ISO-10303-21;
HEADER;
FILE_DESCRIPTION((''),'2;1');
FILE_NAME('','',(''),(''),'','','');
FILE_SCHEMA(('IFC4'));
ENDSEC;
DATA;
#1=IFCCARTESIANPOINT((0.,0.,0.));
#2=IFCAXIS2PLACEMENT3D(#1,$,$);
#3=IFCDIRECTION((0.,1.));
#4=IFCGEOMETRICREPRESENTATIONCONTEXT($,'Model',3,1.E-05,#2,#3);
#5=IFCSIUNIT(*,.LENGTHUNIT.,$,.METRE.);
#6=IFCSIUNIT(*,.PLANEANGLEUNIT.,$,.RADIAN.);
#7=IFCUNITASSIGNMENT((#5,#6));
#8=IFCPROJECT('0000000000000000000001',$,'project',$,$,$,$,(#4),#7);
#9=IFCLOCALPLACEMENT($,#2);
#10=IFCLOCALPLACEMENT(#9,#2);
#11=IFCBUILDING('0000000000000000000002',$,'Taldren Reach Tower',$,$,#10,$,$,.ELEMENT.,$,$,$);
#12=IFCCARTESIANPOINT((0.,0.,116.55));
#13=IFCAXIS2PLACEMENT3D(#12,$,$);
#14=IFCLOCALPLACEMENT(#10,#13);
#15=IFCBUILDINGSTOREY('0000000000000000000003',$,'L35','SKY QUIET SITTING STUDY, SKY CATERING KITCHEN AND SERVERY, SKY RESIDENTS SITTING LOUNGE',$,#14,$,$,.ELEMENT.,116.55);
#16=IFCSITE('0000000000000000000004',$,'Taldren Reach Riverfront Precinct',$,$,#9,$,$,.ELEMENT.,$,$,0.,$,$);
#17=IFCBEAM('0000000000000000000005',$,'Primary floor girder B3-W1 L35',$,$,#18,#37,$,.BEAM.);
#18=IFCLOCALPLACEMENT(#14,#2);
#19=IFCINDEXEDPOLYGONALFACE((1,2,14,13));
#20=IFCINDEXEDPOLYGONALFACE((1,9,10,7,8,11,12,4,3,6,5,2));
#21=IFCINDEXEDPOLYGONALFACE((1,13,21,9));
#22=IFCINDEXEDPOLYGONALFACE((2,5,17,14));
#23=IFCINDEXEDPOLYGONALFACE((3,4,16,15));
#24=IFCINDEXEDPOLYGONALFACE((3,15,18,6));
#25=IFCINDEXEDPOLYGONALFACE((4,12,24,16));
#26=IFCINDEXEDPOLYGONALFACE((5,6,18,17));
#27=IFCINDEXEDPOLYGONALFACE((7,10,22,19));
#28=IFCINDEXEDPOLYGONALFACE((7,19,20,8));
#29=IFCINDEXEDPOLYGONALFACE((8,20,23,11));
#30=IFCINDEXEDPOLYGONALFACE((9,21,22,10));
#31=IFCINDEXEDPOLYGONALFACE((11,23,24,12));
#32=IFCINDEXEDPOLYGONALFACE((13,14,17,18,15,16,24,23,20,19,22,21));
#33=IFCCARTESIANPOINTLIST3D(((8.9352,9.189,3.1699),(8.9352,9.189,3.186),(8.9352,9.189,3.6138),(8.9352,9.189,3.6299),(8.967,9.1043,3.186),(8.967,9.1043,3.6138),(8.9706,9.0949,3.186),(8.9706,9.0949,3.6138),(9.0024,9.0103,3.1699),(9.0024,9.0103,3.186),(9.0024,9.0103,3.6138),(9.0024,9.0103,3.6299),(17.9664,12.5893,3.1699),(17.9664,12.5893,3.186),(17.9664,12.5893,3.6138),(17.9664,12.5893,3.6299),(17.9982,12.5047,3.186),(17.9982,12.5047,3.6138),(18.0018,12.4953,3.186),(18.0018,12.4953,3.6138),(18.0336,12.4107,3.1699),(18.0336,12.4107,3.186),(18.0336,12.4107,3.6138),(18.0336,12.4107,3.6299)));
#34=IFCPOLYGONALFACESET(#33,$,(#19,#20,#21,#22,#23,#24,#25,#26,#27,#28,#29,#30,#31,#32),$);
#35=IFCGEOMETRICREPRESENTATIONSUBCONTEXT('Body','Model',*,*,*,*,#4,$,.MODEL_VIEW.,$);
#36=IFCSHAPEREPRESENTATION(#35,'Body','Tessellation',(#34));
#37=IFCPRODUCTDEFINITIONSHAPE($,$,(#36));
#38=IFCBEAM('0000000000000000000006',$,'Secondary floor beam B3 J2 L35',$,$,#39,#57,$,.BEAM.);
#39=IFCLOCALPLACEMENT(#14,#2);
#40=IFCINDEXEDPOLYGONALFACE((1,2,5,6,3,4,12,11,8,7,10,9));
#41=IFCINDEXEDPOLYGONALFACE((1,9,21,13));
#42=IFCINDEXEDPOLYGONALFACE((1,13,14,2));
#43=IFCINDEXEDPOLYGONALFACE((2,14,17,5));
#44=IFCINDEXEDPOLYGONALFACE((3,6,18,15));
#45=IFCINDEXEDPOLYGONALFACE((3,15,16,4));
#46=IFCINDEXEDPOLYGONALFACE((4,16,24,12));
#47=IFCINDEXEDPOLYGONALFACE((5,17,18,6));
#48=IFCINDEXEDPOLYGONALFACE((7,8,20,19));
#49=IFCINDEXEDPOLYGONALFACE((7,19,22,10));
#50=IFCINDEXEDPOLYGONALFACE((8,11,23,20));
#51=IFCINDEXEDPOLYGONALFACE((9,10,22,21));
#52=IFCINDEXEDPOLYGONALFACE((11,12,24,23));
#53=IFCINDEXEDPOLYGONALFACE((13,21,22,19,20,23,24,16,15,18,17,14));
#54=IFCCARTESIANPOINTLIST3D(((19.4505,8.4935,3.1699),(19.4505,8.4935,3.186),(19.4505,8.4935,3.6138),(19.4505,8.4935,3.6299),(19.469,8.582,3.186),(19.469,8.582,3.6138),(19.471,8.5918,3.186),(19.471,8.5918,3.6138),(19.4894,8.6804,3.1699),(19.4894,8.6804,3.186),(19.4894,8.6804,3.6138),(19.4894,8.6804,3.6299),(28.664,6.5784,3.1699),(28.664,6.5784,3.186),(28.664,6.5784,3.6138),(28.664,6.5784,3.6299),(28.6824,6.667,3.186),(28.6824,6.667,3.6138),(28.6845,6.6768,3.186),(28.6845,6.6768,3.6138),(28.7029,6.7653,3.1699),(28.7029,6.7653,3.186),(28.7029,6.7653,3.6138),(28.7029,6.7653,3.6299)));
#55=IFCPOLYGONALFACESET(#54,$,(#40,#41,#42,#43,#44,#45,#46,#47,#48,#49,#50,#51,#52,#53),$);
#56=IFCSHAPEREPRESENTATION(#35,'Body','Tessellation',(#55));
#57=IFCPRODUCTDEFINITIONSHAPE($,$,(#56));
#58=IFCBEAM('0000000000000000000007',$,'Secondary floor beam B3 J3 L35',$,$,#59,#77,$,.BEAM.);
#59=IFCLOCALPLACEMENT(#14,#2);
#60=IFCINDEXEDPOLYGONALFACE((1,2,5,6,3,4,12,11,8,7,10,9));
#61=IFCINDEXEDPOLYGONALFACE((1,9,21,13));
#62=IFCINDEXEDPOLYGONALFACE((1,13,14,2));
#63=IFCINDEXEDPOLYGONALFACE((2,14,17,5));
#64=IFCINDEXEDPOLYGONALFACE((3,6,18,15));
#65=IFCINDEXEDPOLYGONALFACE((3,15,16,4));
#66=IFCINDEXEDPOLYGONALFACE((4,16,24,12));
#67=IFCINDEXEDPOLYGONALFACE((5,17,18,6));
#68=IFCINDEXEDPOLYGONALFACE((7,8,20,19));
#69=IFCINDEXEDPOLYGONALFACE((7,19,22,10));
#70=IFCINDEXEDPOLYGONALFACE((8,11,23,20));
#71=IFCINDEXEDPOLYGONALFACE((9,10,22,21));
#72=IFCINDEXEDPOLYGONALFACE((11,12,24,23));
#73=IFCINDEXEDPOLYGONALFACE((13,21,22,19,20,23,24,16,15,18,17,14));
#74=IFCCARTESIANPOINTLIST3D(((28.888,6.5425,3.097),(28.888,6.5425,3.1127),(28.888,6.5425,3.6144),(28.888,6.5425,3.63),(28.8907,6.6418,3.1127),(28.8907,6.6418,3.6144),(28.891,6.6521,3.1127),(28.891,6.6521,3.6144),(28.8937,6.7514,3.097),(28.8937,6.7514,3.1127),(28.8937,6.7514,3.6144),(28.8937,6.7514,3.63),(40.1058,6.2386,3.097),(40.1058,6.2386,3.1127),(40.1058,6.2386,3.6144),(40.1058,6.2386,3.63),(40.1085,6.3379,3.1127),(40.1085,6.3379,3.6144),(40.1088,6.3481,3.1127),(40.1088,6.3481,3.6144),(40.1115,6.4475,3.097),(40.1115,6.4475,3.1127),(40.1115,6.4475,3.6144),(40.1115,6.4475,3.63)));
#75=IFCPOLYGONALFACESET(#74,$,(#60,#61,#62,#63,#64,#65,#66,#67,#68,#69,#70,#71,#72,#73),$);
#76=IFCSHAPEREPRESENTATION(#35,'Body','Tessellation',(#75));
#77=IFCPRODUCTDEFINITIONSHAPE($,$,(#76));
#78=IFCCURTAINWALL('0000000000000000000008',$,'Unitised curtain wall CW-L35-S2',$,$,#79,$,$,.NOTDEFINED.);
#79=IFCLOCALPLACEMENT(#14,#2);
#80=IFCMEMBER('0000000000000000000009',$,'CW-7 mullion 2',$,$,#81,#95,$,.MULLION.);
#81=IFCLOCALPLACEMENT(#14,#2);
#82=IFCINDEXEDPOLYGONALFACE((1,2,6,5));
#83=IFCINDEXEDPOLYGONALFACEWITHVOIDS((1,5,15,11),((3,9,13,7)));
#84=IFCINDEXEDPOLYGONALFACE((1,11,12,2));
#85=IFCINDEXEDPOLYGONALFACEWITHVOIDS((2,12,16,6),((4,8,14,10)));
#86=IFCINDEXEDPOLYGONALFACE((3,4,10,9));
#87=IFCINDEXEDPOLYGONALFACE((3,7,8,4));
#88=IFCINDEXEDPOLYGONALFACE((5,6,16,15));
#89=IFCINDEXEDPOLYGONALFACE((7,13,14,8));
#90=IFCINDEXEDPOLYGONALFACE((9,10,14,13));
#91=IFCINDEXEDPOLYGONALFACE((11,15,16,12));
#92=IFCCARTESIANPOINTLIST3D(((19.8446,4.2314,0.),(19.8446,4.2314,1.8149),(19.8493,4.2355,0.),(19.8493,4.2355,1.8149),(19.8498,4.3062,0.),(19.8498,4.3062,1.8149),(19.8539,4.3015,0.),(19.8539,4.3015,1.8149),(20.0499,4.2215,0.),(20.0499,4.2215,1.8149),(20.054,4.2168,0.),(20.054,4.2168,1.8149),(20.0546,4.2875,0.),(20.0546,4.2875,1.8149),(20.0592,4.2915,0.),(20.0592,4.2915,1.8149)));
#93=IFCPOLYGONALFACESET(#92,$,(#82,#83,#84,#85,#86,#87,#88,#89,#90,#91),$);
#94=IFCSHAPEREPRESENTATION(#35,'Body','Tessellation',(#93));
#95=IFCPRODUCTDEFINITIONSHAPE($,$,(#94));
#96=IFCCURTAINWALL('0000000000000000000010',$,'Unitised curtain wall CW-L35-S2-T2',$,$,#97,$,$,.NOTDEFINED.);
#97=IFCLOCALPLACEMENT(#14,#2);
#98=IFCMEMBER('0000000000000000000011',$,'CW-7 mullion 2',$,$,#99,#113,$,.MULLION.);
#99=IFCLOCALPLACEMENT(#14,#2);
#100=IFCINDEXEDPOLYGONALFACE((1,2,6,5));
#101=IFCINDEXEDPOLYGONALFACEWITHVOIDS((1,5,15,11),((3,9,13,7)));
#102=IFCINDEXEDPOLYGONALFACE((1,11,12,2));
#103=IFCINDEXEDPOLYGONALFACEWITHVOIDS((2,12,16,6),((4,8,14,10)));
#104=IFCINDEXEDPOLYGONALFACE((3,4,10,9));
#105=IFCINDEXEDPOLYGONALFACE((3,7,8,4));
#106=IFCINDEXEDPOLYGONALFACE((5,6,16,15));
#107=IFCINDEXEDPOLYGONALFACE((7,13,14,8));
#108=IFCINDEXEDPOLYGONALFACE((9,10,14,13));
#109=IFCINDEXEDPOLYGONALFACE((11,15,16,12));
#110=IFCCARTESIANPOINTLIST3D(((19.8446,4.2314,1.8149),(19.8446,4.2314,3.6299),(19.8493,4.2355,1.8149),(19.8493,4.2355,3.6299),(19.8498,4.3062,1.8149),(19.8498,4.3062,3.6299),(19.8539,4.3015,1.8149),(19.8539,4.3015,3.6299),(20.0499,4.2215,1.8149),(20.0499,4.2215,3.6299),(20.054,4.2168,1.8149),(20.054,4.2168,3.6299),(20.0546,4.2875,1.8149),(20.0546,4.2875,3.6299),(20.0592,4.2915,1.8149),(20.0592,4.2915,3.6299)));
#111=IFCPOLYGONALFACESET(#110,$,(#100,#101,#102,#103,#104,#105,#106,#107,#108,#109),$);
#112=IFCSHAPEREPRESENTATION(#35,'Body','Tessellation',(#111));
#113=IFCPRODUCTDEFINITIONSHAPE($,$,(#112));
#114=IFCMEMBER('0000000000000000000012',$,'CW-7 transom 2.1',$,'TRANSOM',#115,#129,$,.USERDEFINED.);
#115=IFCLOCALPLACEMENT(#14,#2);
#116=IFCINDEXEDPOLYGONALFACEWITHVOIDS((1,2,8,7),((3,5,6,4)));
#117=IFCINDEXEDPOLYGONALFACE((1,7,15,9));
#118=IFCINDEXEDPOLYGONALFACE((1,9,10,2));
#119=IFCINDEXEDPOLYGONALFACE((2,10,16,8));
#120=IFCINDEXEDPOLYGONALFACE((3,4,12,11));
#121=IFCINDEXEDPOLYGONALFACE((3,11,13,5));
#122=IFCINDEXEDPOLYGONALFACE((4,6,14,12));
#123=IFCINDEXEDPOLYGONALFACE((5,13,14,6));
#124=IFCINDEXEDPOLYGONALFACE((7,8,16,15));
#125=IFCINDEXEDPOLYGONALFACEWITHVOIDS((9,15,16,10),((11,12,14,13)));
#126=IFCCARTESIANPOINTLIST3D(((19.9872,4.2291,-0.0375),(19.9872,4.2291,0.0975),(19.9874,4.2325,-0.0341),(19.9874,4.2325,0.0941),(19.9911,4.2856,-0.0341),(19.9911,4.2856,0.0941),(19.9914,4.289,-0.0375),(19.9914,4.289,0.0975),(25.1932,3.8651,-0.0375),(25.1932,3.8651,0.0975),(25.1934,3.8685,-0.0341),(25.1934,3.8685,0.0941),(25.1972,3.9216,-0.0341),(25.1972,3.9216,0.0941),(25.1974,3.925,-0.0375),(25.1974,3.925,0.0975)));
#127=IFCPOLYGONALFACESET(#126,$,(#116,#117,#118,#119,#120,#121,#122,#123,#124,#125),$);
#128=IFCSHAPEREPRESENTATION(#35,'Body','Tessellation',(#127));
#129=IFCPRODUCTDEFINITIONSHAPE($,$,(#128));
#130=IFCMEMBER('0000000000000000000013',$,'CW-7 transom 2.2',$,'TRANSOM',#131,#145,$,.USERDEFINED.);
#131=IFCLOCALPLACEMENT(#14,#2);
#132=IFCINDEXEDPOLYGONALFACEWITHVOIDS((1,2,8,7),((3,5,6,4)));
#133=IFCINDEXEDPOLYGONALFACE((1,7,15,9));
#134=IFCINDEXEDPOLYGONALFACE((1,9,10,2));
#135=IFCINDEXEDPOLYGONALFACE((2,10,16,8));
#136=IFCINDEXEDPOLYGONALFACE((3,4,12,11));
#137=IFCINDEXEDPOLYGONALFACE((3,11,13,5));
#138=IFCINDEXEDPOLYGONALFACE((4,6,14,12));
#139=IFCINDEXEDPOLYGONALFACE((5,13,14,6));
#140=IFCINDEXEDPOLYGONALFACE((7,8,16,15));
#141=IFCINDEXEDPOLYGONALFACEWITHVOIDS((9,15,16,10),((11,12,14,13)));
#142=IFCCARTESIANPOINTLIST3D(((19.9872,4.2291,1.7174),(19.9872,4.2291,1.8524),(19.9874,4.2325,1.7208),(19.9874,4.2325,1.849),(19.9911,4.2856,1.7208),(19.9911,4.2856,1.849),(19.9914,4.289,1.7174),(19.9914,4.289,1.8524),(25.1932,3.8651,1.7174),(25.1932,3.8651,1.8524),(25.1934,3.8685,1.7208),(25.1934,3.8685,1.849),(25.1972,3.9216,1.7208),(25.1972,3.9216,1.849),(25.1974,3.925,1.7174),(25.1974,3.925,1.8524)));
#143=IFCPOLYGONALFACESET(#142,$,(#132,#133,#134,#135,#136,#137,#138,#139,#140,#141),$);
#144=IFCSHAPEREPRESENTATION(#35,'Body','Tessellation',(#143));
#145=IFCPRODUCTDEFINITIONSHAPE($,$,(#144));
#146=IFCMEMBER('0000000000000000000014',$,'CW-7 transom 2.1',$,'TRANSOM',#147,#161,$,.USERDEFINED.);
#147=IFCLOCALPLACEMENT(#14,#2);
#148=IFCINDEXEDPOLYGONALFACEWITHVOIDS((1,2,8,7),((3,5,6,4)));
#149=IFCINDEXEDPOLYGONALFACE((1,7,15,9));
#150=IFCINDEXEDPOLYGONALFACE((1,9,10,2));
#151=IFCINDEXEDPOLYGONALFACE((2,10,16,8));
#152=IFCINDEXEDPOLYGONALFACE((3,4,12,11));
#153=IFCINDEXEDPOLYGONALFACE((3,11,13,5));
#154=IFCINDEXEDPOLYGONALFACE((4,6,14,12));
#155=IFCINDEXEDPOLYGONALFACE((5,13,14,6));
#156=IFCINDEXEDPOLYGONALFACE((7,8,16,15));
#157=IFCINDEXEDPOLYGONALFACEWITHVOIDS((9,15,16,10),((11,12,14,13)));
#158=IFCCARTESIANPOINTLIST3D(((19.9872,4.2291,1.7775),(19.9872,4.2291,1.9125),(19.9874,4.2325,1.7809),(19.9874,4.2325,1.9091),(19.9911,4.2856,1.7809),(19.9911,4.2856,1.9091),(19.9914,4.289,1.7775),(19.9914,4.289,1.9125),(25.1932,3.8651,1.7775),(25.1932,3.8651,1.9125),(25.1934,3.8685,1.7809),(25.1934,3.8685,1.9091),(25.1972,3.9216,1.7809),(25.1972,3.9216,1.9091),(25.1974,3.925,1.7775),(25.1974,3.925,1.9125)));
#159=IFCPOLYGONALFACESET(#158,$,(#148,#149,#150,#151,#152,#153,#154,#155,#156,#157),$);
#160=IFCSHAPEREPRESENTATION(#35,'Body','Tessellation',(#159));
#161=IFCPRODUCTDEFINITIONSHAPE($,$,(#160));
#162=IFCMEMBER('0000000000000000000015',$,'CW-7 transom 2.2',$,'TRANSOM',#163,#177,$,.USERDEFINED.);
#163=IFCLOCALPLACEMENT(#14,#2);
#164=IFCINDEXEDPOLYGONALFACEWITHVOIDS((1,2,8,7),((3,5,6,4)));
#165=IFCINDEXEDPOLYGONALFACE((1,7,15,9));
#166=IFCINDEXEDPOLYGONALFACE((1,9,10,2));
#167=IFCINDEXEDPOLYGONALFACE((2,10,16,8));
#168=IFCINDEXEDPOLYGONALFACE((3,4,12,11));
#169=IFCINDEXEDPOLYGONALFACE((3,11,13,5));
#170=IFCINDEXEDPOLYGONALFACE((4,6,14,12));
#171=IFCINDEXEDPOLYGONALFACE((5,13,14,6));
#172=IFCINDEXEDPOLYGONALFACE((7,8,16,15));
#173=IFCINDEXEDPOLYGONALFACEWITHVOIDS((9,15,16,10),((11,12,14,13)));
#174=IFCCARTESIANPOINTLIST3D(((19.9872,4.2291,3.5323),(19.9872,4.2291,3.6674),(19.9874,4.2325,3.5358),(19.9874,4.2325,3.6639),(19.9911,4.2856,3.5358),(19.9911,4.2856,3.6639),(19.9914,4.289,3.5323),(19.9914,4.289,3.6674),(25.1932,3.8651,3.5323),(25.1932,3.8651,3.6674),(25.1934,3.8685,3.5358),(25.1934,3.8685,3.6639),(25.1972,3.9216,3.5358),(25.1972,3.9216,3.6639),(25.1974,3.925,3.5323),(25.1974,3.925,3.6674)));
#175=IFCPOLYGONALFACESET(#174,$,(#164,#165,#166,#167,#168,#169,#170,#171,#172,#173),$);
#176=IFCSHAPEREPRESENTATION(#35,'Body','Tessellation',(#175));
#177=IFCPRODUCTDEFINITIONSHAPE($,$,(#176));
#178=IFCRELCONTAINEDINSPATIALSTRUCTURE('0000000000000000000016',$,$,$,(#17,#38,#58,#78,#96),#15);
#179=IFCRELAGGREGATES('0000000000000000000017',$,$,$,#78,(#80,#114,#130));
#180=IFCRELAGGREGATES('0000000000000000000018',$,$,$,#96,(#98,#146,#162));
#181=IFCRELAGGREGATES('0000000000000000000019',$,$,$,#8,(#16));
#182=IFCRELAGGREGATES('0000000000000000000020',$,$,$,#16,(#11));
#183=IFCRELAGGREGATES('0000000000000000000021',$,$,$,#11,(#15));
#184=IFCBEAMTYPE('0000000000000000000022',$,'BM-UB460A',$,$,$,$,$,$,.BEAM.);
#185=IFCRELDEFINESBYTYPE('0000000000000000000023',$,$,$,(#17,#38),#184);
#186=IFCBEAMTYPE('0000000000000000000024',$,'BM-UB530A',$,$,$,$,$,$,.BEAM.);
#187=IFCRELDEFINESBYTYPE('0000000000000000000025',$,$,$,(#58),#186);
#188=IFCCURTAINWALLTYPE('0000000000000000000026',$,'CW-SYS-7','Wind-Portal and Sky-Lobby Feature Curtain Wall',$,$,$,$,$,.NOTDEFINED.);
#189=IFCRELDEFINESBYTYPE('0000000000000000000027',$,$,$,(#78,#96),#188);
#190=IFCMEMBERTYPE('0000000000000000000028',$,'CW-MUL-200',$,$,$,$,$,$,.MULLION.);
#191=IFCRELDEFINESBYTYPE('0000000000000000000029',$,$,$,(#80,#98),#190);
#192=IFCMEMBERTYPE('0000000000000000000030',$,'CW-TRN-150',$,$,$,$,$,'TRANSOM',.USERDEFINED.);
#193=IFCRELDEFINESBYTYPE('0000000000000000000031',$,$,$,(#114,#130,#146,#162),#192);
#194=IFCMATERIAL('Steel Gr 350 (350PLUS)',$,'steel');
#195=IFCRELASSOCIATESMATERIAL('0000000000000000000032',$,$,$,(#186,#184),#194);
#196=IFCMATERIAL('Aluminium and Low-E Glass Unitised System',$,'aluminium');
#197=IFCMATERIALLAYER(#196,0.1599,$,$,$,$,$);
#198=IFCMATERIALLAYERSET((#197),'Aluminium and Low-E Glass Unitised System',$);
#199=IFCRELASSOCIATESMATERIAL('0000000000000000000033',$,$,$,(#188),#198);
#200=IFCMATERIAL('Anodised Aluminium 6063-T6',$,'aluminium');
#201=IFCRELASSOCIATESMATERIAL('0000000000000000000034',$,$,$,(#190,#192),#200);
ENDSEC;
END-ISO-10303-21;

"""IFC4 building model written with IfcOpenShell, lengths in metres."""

from ifc_helpers import new_model, si_unit, direction, frame, origin, origin_2d, place, context, subcontext, project, spatial, hollow_rectangle, i_section, extrude, source, transform, mapped, material, layer, layer_set, material_profile, profile_set, type_object, element, aggregate, save


model = new_model("IFC4")

# Units and contexts
model_context = context("Model", 3, precision=1e-05, world=origin(), true_north=direction((0.0, 1.0)))
body_context = subcontext(model_context, "Body", "Model", "MODEL_VIEW")
ifc_project = project(units=[si_unit("LENGTHUNIT", "METRE"), si_unit("PLANEANGLEUNIT", "RADIAN")], contexts=[model_context])

# Site, building, storey
site_placement = place(None, origin())
site = spatial("IfcSite", under=ifc_project, at=site_placement, Name="Taldren Reach Riverfront Precinct", CompositionType="ELEMENT", RefElevation=0.0)
building_placement = place(site_placement, origin())
building = spatial("IfcBuilding", under=site, at=building_placement, Name="Taldren Reach Tower", CompositionType="ELEMENT")
storey_placement = place(building_placement, frame((0.0, 0.0, 116.55)))
storey = spatial("IfcBuildingStorey", under=building, at=storey_placement, Name="L35", Description="SKY QUIET SITTING STUDY, SKY CATERING KITCHEN AND SERVERY, SKY RESIDENTS SITTING LOUNGE", CompositionType="ELEMENT", Elevation=116.55)

# Shared definitions
ifc_material_1 = material(Name="Steel Gr 350 (350PLUS)", Category="steel")

# Shared definitions
ifc_material_profile_1 = material_profile(ifc_material_1, i_section(OverallWidth=0.209, OverallDepth=0.533, WebThickness=0.0103, FlangeThickness=0.0156, at=origin_2d()), Name="530UB92.4")
ifc_profile_set_1 = profile_set([ifc_material_profile_1], Name="Steel Gr 350 (350PLUS)")
beam_type_1 = type_object("IfcBeamType", Name="BM-UB530A", PredefinedType="BEAM", material=ifc_profile_set_1)

# Beams
ifc_material_profile_2 = material_profile(ifc_material_1, i_section(OverallWidth=0.1909, OverallDepth=0.46, WebThickness=0.01, FlangeThickness=0.0161, at=origin_2d()), Name="460UB82.1")
ifc_profile_set_2 = profile_set([ifc_material_profile_2], Name="Steel Gr 350 (350PLUS)")
beam_type_2 = type_object("IfcBeamType", Name="BM-UB460A", PredefinedType="BEAM", material=ifc_profile_set_2)
shared_shape_1 = source(origin(), body_context, "Body", "SweptSolid", [
    extrude(i_section(OverallWidth=0.1909, OverallDepth=0.46, WebThickness=0.01, FlangeThickness=0.0161, at=origin_2d()), origin(), (0.0, 0.0, 1.0), 9.6501),
])
beam_1_placement = place(storey_placement, frame((18.0, 12.5, 3.3999), z_axis=(-0.935863, -0.352365, 0.0), x_axis=(0.352365, -0.935863, 0.0)))
element("IfcBeam", 1, at=beam_1_placement, inside=storey, type_object=beam_type_2, Name="Primary floor girder B3-W1 L35", PredefinedType="BEAM", context=body_context, shape_type="MappedRepresentation", body=[
    mapped(shared_shape_1, transform((0.0, 0.0, 0.0), scale=1.0)),
])
shared_shape_2 = source(origin(), body_context, "Body", "SweptSolid", [
    extrude(i_section(OverallWidth=0.1909, OverallDepth=0.46, WebThickness=0.01, FlangeThickness=0.0161, at=origin_2d()), origin(), (0.0, 0.0, 1.0), 9.4104),
])
beam_2_placement = place(storey_placement, frame((19.47, 8.5869, 3.3999), z_axis=(0.979074, -0.203505, 0.0), x_axis=(0.203505, 0.979074, 0.0)))
element("IfcBeam", 2, at=beam_2_placement, inside=storey, type_object=beam_type_2, Name="Secondary floor beam B3 J2 L35", PredefinedType="BEAM", context=body_context, shape_type="MappedRepresentation", body=[
    mapped(shared_shape_2, transform((0.0, 0.0, 0.0), scale=1.0)),
])
shared_shape_3 = source(origin(), body_context, "Body", "SweptSolid", [
    extrude(i_section(OverallWidth=0.209, OverallDepth=0.533, WebThickness=0.0103, FlangeThickness=0.0156, at=origin_2d()), origin(), (0.0, 0.0, 1.0), 11.2219),
])
beam_3_placement = place(storey_placement, frame((28.8909, 6.647, 3.3635), z_axis=(0.999633, -0.027086, 0.0), x_axis=(0.027086, 0.999633, 0.0)))
element("IfcBeam", 3, at=beam_3_placement, inside=storey, type_object=beam_type_1, Name="Secondary floor beam B3 J3 L35", PredefinedType="BEAM", context=body_context, shape_type="MappedRepresentation", body=[
    mapped(shared_shape_3, transform((0.0, 0.0, 0.0), scale=1.0)),
])

# Curtain walls, members
ifc_material_2 = material(Name="Aluminium and Low-E Glass Unitised System", Category="aluminium")
ifc_layer_1 = layer(ifc_material_2, 0.1599)
ifc_layer_set_1 = layer_set([ifc_layer_1], Name="Aluminium and Low-E Glass Unitised System")
curtain_wall_type = type_object("IfcCurtainWallType", Name="CW-SYS-7", Description="Wind-Portal and Sky-Lobby Feature Curtain Wall", PredefinedType="NOTDEFINED", material=ifc_layer_set_1)
curtain_wall_1_placement = place(storey_placement, origin())
curtain_wall_1 = element("IfcCurtainWall", 4, at=curtain_wall_1_placement, inside=storey, type_object=curtain_wall_type, Name="Unitised curtain wall CW-L35-S2", PredefinedType="NOTDEFINED")
ifc_material_3 = material(Name="Anodised Aluminium 6063-T6", Category="aluminium")
ifc_material_profile_3 = material_profile(ifc_material_3, hollow_rectangle(XDim=0.075, YDim=0.21, WallThickness=0.0044, at=origin_2d()), Name="ALU-210x75x4.5RHS")
ifc_profile_set_3 = profile_set([ifc_material_profile_3], Name="Anodised Aluminium 6063-T6")
member_type_1 = type_object("IfcMemberType", Name="CW-MUL-200", PredefinedType="MULLION", material=ifc_profile_set_3)
shared_shape_4 = source(origin(), body_context, "Body", "SweptSolid", [
    extrude(hollow_rectangle(XDim=0.075, YDim=0.21, WallThickness=0.0044, at=origin_2d()), origin(), (0.0, 0.0, 1.0), 1.8149),
])
member_1_placement = place(storey_placement, frame((19.9519, 4.2615, 0.0), z_axis=(0.0, 0.0, 1.0), x_axis=(0.069757, 0.997564, 0.0)))
member_1 = element("IfcMember", 5, at=member_1_placement, type_object=member_type_1, Name="CW-7 mullion 2", PredefinedType="MULLION", context=body_context, shape_type="MappedRepresentation", body=[
    mapped(shared_shape_4, transform((0.0, 0.0, 0.0), scale=1.0)),
])
curtain_wall_2_placement = place(storey_placement, origin())
curtain_wall_2 = element("IfcCurtainWall", 6, at=curtain_wall_2_placement, inside=storey, type_object=curtain_wall_type, Name="Unitised curtain wall CW-L35-S2-T2", PredefinedType="NOTDEFINED")
member_2_placement = place(storey_placement, frame((19.9519, 4.2615, 1.8149), z_axis=(0.0, 0.0, 1.0), x_axis=(0.069757, 0.997564, 0.0)))
member_2 = element("IfcMember", 7, at=member_2_placement, type_object=member_type_1, Name="CW-7 mullion 2", PredefinedType="MULLION", context=body_context, shape_type="MappedRepresentation", body=[
    mapped(shared_shape_4, transform((0.0, 0.0, 0.0), scale=1.0)),
])

# Members
ifc_material_profile_4 = material_profile(ifc_material_3, hollow_rectangle(XDim=0.0601, YDim=0.135, WallThickness=0.0034, at=origin_2d()), Name="ALU-135x60x3.5RHS")
ifc_profile_set_4 = profile_set([ifc_material_profile_4], Name="Anodised Aluminium 6063-T6")
member_type_2 = type_object("IfcMemberType", Name="CW-TRN-150", ElementType="TRANSOM", PredefinedType="USERDEFINED", material=ifc_profile_set_4)
shared_shape_5 = source(origin(), body_context, "Body", "SweptSolid", [
    extrude(hollow_rectangle(XDim=0.0601, YDim=0.135, WallThickness=0.0034, at=origin_2d()), origin(), (0.0, 0.0, 1.0), 5.2188),
])
member_3_placement = place(storey_placement, frame((19.9893, 4.259, 0.03), z_axis=(0.997564, -0.069751, 0.0), x_axis=(0.069751, 0.997564, 0.0)))
member_3 = element("IfcMember", 8, at=member_3_placement, type_object=member_type_2, Name="CW-7 transom 2.1", ObjectType="TRANSOM", PredefinedType="USERDEFINED", context=body_context, shape_type="MappedRepresentation", body=[
    mapped(shared_shape_5, transform((0.0, 0.0, 0.0), scale=1.0)),
])
member_4_placement = place(storey_placement, frame((19.9893, 4.259, 1.7849), z_axis=(0.997564, -0.069751, 0.0), x_axis=(0.069751, 0.997564, 0.0)))
member_4 = element("IfcMember", 9, at=member_4_placement, type_object=member_type_2, Name="CW-7 transom 2.2", ObjectType="TRANSOM", PredefinedType="USERDEFINED", context=body_context, shape_type="MappedRepresentation", body=[
    mapped(shared_shape_5, transform((0.0, 0.0, 0.0), scale=1.0)),
])
aggregate(curtain_wall_1, [member_1, member_3, member_4])
member_5_placement = place(storey_placement, frame((19.9893, 4.259, 1.845), z_axis=(0.997564, -0.069751, 0.0), x_axis=(0.069751, 0.997564, 0.0)))
member_5 = element("IfcMember", 10, at=member_5_placement, type_object=member_type_2, Name="CW-7 transom 2.1", ObjectType="TRANSOM", PredefinedType="USERDEFINED", context=body_context, shape_type="MappedRepresentation", body=[
    mapped(shared_shape_5, transform((0.0, 0.0, 0.0), scale=1.0)),
])
member_6_placement = place(storey_placement, frame((19.9893, 4.259, 3.5999), z_axis=(0.997564, -0.069751, 0.0), x_axis=(0.069751, 0.997564, 0.0)))
member_6 = element("IfcMember", 11, at=member_6_placement, type_object=member_type_2, Name="CW-7 transom 2.2", ObjectType="TRANSOM", PredefinedType="USERDEFINED", context=body_context, shape_type="MappedRepresentation", body=[
    mapped(shared_shape_5, transform((0.0, 0.0, 0.0), scale=1.0)),
])

aggregate(curtain_wall_2, [member_2, member_5, member_6])

save(model, "model.ifc")
